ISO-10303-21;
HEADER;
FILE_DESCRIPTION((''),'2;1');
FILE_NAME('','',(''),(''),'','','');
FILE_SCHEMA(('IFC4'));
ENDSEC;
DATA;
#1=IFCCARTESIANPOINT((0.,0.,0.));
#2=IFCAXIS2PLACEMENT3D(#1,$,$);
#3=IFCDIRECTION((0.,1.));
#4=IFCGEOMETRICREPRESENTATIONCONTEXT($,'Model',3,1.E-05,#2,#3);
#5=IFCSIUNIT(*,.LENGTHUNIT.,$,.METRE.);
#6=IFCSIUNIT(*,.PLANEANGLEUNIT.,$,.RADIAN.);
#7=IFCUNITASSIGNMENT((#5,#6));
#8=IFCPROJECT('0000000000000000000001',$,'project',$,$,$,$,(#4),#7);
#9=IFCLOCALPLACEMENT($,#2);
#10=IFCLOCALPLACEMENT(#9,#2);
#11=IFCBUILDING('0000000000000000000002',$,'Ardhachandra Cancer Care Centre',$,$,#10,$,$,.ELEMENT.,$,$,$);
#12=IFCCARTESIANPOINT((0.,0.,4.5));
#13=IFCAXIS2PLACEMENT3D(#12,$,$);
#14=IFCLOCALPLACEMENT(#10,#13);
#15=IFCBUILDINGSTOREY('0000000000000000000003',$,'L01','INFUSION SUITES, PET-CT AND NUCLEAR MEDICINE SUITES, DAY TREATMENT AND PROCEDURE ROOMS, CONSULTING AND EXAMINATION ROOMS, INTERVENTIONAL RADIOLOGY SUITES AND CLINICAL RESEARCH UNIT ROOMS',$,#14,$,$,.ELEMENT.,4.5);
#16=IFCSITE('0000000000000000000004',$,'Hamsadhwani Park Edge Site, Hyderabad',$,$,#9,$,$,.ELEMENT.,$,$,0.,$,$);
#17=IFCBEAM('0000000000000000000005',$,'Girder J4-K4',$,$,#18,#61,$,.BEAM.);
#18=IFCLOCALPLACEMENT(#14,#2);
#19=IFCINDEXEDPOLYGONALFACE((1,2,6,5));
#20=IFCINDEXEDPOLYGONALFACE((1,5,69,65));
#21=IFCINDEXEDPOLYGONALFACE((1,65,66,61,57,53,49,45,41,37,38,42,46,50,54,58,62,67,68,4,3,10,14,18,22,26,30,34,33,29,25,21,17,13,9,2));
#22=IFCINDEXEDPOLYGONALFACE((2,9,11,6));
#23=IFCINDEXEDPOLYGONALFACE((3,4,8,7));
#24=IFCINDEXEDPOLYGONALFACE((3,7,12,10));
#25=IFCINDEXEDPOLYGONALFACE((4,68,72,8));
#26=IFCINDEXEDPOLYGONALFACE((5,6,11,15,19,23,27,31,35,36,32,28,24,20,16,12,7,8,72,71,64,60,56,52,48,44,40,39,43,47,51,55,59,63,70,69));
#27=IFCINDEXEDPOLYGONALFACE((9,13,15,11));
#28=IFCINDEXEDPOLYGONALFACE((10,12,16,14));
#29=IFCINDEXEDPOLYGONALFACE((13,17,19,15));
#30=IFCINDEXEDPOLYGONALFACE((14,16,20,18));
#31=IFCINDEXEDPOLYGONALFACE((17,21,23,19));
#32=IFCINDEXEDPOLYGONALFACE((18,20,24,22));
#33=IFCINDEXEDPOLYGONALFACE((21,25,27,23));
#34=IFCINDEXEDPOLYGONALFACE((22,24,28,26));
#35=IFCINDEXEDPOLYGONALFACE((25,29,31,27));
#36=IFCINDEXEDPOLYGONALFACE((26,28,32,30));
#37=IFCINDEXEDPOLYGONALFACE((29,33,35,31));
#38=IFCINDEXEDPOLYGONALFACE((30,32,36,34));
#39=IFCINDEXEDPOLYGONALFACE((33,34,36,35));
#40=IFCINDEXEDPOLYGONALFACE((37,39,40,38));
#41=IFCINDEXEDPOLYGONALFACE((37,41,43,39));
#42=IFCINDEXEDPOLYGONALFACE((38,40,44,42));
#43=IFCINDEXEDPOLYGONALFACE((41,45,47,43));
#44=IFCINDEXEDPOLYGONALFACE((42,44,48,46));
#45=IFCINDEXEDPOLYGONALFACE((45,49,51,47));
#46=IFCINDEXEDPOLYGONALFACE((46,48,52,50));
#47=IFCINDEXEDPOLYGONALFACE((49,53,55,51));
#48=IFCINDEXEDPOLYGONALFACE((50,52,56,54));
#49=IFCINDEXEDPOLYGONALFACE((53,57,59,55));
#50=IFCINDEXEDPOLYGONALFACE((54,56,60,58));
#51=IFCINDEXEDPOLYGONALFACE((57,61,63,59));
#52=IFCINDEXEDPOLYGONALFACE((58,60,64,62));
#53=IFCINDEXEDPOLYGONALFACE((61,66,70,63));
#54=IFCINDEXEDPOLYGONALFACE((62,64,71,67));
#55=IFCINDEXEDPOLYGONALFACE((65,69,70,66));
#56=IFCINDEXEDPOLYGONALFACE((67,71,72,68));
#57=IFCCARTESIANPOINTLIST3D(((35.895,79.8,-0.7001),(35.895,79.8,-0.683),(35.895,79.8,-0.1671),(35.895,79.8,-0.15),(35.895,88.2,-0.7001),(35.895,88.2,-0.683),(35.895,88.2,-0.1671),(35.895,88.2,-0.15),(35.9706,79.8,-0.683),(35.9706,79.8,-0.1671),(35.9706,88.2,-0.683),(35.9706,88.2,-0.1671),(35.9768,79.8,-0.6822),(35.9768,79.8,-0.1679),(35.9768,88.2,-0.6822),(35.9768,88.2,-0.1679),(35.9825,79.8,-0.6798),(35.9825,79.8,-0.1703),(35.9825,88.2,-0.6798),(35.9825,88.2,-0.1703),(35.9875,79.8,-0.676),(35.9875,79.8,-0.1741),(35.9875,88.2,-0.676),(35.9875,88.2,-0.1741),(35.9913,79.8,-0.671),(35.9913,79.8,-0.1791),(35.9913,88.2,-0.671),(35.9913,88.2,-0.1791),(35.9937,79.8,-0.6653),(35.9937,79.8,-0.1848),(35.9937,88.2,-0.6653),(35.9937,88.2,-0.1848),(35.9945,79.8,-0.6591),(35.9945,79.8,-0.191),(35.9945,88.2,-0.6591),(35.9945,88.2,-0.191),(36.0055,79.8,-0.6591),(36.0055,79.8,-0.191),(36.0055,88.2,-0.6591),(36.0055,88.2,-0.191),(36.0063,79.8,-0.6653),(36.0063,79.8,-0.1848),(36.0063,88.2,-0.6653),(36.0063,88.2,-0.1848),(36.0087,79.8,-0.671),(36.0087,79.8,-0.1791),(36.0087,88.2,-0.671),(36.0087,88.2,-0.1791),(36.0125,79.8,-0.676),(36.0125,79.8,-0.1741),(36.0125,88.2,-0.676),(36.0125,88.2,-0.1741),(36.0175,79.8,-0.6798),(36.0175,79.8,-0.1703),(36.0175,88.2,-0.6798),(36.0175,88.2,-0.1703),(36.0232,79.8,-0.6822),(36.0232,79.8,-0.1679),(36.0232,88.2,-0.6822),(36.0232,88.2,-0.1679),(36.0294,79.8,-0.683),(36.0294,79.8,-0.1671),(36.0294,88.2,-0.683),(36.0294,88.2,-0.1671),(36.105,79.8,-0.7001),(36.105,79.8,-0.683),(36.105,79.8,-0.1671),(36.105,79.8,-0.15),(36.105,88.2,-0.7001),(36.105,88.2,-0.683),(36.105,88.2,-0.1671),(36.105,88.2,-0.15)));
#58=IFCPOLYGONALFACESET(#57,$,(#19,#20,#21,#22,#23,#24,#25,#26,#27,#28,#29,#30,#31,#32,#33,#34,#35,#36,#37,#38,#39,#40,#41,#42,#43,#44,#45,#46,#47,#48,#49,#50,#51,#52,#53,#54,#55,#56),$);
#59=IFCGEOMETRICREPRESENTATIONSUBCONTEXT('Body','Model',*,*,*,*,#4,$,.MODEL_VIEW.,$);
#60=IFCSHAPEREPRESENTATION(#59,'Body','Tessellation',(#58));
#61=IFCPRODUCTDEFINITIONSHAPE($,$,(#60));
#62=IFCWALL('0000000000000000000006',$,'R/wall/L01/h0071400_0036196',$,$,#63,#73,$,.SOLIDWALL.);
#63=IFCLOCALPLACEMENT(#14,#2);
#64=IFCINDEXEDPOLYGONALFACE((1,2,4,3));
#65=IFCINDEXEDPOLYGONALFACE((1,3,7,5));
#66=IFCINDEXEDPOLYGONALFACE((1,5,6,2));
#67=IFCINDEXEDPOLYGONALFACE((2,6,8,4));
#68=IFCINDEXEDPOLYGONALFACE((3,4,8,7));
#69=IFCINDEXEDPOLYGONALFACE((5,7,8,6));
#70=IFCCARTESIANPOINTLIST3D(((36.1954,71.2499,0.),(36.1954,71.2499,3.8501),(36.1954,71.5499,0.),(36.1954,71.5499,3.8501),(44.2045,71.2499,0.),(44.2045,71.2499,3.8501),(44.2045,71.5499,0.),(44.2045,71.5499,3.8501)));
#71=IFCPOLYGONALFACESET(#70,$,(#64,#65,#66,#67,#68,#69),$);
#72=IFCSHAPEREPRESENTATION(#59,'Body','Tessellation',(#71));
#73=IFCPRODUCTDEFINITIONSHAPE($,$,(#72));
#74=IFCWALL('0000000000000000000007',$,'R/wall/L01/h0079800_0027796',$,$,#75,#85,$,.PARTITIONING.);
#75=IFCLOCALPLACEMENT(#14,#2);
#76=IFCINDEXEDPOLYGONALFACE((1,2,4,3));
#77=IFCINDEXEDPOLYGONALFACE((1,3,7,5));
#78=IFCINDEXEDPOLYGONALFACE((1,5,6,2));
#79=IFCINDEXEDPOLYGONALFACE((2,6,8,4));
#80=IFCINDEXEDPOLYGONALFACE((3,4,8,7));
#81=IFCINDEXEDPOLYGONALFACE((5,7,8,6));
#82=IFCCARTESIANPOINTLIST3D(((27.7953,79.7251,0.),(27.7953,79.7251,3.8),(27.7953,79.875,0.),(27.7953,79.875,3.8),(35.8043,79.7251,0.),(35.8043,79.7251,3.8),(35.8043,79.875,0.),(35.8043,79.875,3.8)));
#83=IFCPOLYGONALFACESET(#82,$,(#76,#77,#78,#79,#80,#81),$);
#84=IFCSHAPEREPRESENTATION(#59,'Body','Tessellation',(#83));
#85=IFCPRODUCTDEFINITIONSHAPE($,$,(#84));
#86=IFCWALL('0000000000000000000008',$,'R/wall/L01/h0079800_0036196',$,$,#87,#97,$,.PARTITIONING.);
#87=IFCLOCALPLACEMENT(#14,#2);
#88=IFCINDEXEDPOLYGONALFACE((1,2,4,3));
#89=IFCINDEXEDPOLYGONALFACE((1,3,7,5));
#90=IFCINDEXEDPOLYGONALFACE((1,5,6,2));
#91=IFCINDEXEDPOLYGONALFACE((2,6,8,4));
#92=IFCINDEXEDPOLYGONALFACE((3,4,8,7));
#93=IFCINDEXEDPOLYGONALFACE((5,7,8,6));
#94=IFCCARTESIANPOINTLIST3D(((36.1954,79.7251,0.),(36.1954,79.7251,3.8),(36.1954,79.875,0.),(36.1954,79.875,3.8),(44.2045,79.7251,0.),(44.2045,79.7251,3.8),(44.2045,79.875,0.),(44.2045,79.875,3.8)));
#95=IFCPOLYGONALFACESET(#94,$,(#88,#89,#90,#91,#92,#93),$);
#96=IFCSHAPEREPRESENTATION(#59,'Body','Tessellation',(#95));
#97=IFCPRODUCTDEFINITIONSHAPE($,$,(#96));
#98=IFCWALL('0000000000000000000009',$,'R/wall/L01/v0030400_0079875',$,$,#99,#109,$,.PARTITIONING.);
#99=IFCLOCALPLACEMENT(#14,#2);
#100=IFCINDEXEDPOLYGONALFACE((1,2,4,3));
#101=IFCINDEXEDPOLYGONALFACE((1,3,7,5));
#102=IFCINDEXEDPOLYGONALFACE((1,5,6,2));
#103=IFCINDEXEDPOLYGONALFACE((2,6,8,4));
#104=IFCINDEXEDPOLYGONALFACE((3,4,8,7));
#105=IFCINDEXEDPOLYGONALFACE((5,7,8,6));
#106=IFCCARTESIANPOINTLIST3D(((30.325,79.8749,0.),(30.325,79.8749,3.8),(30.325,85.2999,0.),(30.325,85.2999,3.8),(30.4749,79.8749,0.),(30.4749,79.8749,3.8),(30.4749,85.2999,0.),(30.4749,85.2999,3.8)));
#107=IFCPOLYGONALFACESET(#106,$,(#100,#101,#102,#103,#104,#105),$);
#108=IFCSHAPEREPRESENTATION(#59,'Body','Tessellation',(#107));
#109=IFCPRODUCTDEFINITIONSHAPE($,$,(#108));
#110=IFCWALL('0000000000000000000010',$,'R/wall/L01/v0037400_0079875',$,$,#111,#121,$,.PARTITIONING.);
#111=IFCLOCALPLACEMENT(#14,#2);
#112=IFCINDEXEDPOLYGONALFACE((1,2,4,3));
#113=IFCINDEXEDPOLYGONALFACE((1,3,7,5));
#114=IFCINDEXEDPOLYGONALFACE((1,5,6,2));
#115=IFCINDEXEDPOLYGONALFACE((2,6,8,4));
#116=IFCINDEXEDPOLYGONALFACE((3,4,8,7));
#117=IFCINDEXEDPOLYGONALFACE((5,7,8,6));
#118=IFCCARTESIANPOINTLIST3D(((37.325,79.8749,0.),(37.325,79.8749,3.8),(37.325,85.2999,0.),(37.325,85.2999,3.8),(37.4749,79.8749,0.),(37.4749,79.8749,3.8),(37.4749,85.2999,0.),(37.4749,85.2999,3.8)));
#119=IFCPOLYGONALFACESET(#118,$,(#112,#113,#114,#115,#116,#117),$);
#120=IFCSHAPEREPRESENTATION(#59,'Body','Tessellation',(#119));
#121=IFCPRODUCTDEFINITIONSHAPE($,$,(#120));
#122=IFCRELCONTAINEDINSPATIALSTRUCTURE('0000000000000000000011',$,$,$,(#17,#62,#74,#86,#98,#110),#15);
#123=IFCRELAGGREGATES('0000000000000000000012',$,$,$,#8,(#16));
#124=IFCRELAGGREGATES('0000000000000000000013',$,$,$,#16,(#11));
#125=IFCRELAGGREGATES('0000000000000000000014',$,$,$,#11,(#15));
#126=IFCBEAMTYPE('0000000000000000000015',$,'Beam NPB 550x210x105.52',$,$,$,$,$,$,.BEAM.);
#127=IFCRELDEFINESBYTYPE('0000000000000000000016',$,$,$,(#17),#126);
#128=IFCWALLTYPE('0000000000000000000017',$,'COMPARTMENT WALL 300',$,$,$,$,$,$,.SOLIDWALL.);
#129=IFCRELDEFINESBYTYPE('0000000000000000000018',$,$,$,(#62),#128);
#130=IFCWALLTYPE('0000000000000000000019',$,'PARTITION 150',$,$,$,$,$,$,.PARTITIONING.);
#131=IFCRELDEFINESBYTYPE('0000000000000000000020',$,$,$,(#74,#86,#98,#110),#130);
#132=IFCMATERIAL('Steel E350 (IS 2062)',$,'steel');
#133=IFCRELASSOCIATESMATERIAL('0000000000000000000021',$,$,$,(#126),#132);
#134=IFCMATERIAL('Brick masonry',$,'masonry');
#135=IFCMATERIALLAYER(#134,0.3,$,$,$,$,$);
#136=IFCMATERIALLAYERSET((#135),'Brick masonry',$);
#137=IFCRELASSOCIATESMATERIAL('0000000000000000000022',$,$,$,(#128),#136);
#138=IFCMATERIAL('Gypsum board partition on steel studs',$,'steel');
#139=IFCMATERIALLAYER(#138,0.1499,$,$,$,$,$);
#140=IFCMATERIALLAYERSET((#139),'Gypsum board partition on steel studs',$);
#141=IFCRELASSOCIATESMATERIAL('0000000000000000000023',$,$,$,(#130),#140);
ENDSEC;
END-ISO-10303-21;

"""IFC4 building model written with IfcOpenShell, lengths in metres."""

from ifc_helpers import new_model, si_unit, direction, frame, frame_2d, origin, origin_2d, place, context, subcontext, project, spatial, rectangle, i_section, extrude, material, layer, layer_set, material_profile, profile_set, type_object, element, save


model = new_model("IFC4")

# Units and contexts
model_context = context("Model", 3, precision=1e-05, world=origin(), true_north=direction((0.0, 1.0)))
body_context = subcontext(model_context, "Body", "Model", "MODEL_VIEW")
ifc_project = project(units=[si_unit("LENGTHUNIT", "METRE"), si_unit("PLANEANGLEUNIT", "RADIAN")], contexts=[model_context])

# Site, building, storey
site_placement = place(None, origin())
site = spatial("IfcSite", under=ifc_project, at=site_placement, Name="Hamsadhwani Park Edge Site, Hyderabad", CompositionType="ELEMENT", RefElevation=0.0)
building_placement = place(site_placement, origin())
building = spatial("IfcBuilding", under=site, at=building_placement, Name="Ardhachandra Cancer Care Centre", CompositionType="ELEMENT")
storey_placement = place(building_placement, frame((0.0, 0.0, 4.5)))
storey = spatial("IfcBuildingStorey", under=building, at=storey_placement, Name="L01", Description="INFUSION SUITES, PET-CT AND NUCLEAR MEDICINE SUITES, DAY TREATMENT AND PROCEDURE ROOMS, CONSULTING AND EXAMINATION ROOMS, INTERVENTIONAL RADIOLOGY SUITES AND CLINICAL RESEARCH UNIT ROOMS", CompositionType="ELEMENT", Elevation=4.5)

# Beam
ifc_material_1 = material(Name="Steel E350 (IS 2062)", Category="steel")
ifc_material_profile_1 = material_profile(ifc_material_1, i_section(OverallWidth=0.21, OverallDepth=0.55, WebThickness=0.011, FlangeThickness=0.0171, FilletRadius=0.0239, at=origin_2d()), Name="NPB 550x210x105.52")
ifc_profile_set_1 = profile_set([ifc_material_profile_1], Name="Steel E350 (IS 2062)")
beam_type_1 = type_object("IfcBeamType", Name="Beam NPB 550x210x105.52", PredefinedType="BEAM", material=ifc_profile_set_1)
beam_1_placement = place(storey_placement, frame((36.0, 79.8, -0.425), z_axis=(0.0, 1.0, 0.0), x_axis=(-1.0, 0.0, 0.0)))
element("IfcBeam", 1, at=beam_1_placement, inside=storey, type_object=beam_type_1, Name="Girder J4-K4", PredefinedType="BEAM", context=body_context, shape_type="SweptSolid", body=[
    extrude(i_section(OverallWidth=0.21, OverallDepth=0.55, WebThickness=0.011, FlangeThickness=0.0171, FilletRadius=0.0239, at=origin_2d()), origin(), (0.0, 0.0, 1.0), 8.3999),
])

# Walls
ifc_material_2 = material(Name="Brick masonry", Category="masonry")
ifc_layer_1 = layer(ifc_material_2, 0.3)
ifc_layer_set_1 = layer_set([ifc_layer_1], Name="Brick masonry")
wall_type_1 = type_object("IfcWallType", Name="COMPARTMENT WALL 300", PredefinedType="SOLIDWALL", material=ifc_layer_set_1)
wall_placement = place(storey_placement, frame((36.1956, 71.3999, 0.0), z_axis=(0.0, 0.0, 1.0), x_axis=(1.0, 0.0, 0.0)))
element("IfcWall", 2, at=wall_placement, inside=storey, type_object=wall_type_1, Name="R/wall/L01/h0071400_0036196", PredefinedType="SOLIDWALL", context=body_context, shape_type="SweptSolid", body=[
    extrude(rectangle(XDim=8.009, YDim=0.3, at=frame_2d((4.0044, 0.0))), origin(), (0.0, 0.0, 1.0), 3.8501),
])
ifc_material_3 = material(Name="Gypsum board partition on steel studs", Category="steel")
ifc_layer_2 = layer(ifc_material_3, 0.1499)
ifc_layer_set_2 = layer_set([ifc_layer_2], Name="Gypsum board partition on steel studs")
wall_type_2 = type_object("IfcWallType", Name="PARTITION 150", PredefinedType="PARTITIONING", material=ifc_layer_set_2)
for number, where, z_axis, x_axis, name in (
    (3, (27.7954, 79.8, 0.0), (0.0, 0.0, 1.0), (1.0, 0.0, 0.0), "R/wall/L01/h0079800_0027796"),
    (4, (36.1956, 79.8, 0.0), (0.0, 0.0, 1.0), (1.0, 0.0, 0.0), "R/wall/L01/h0079800_0036196"),
):
    element("IfcWall", number, at=place(storey_placement, frame(where, z_axis=z_axis, x_axis=x_axis)), inside=storey, type_object=wall_type_2, Name=name, PredefinedType="PARTITIONING", context=body_context, shape_type="SweptSolid", body=[
        extrude(rectangle(XDim=8.009, YDim=0.1499, at=frame_2d((4.0044, 0.0))), origin(), (0.0, 0.0, 1.0), 3.8),
    ])
for number, where, z_axis, x_axis, name in (
    (5, (30.3999, 79.875, 0.0), (0.0, 0.0, 1.0), (0.0, 1.0, 0.0), "R/wall/L01/v0030400_0079875"),
    (6, (37.3999, 79.875, 0.0), (0.0, 0.0, 1.0), (0.0, 1.0, 0.0), "R/wall/L01/v0037400_0079875"),
):
    element("IfcWall", number, at=place(storey_placement, frame(where, z_axis=z_axis, x_axis=x_axis)), inside=storey, type_object=wall_type_2, Name=name, PredefinedType="PARTITIONING", context=body_context, shape_type="SweptSolid", body=[
        extrude(rectangle(XDim=5.425, YDim=0.1499, at=frame_2d((2.7124, 0.0))), origin(), (0.0, 0.0, 1.0), 3.8),
    ])

save(model, "model.ifc")
